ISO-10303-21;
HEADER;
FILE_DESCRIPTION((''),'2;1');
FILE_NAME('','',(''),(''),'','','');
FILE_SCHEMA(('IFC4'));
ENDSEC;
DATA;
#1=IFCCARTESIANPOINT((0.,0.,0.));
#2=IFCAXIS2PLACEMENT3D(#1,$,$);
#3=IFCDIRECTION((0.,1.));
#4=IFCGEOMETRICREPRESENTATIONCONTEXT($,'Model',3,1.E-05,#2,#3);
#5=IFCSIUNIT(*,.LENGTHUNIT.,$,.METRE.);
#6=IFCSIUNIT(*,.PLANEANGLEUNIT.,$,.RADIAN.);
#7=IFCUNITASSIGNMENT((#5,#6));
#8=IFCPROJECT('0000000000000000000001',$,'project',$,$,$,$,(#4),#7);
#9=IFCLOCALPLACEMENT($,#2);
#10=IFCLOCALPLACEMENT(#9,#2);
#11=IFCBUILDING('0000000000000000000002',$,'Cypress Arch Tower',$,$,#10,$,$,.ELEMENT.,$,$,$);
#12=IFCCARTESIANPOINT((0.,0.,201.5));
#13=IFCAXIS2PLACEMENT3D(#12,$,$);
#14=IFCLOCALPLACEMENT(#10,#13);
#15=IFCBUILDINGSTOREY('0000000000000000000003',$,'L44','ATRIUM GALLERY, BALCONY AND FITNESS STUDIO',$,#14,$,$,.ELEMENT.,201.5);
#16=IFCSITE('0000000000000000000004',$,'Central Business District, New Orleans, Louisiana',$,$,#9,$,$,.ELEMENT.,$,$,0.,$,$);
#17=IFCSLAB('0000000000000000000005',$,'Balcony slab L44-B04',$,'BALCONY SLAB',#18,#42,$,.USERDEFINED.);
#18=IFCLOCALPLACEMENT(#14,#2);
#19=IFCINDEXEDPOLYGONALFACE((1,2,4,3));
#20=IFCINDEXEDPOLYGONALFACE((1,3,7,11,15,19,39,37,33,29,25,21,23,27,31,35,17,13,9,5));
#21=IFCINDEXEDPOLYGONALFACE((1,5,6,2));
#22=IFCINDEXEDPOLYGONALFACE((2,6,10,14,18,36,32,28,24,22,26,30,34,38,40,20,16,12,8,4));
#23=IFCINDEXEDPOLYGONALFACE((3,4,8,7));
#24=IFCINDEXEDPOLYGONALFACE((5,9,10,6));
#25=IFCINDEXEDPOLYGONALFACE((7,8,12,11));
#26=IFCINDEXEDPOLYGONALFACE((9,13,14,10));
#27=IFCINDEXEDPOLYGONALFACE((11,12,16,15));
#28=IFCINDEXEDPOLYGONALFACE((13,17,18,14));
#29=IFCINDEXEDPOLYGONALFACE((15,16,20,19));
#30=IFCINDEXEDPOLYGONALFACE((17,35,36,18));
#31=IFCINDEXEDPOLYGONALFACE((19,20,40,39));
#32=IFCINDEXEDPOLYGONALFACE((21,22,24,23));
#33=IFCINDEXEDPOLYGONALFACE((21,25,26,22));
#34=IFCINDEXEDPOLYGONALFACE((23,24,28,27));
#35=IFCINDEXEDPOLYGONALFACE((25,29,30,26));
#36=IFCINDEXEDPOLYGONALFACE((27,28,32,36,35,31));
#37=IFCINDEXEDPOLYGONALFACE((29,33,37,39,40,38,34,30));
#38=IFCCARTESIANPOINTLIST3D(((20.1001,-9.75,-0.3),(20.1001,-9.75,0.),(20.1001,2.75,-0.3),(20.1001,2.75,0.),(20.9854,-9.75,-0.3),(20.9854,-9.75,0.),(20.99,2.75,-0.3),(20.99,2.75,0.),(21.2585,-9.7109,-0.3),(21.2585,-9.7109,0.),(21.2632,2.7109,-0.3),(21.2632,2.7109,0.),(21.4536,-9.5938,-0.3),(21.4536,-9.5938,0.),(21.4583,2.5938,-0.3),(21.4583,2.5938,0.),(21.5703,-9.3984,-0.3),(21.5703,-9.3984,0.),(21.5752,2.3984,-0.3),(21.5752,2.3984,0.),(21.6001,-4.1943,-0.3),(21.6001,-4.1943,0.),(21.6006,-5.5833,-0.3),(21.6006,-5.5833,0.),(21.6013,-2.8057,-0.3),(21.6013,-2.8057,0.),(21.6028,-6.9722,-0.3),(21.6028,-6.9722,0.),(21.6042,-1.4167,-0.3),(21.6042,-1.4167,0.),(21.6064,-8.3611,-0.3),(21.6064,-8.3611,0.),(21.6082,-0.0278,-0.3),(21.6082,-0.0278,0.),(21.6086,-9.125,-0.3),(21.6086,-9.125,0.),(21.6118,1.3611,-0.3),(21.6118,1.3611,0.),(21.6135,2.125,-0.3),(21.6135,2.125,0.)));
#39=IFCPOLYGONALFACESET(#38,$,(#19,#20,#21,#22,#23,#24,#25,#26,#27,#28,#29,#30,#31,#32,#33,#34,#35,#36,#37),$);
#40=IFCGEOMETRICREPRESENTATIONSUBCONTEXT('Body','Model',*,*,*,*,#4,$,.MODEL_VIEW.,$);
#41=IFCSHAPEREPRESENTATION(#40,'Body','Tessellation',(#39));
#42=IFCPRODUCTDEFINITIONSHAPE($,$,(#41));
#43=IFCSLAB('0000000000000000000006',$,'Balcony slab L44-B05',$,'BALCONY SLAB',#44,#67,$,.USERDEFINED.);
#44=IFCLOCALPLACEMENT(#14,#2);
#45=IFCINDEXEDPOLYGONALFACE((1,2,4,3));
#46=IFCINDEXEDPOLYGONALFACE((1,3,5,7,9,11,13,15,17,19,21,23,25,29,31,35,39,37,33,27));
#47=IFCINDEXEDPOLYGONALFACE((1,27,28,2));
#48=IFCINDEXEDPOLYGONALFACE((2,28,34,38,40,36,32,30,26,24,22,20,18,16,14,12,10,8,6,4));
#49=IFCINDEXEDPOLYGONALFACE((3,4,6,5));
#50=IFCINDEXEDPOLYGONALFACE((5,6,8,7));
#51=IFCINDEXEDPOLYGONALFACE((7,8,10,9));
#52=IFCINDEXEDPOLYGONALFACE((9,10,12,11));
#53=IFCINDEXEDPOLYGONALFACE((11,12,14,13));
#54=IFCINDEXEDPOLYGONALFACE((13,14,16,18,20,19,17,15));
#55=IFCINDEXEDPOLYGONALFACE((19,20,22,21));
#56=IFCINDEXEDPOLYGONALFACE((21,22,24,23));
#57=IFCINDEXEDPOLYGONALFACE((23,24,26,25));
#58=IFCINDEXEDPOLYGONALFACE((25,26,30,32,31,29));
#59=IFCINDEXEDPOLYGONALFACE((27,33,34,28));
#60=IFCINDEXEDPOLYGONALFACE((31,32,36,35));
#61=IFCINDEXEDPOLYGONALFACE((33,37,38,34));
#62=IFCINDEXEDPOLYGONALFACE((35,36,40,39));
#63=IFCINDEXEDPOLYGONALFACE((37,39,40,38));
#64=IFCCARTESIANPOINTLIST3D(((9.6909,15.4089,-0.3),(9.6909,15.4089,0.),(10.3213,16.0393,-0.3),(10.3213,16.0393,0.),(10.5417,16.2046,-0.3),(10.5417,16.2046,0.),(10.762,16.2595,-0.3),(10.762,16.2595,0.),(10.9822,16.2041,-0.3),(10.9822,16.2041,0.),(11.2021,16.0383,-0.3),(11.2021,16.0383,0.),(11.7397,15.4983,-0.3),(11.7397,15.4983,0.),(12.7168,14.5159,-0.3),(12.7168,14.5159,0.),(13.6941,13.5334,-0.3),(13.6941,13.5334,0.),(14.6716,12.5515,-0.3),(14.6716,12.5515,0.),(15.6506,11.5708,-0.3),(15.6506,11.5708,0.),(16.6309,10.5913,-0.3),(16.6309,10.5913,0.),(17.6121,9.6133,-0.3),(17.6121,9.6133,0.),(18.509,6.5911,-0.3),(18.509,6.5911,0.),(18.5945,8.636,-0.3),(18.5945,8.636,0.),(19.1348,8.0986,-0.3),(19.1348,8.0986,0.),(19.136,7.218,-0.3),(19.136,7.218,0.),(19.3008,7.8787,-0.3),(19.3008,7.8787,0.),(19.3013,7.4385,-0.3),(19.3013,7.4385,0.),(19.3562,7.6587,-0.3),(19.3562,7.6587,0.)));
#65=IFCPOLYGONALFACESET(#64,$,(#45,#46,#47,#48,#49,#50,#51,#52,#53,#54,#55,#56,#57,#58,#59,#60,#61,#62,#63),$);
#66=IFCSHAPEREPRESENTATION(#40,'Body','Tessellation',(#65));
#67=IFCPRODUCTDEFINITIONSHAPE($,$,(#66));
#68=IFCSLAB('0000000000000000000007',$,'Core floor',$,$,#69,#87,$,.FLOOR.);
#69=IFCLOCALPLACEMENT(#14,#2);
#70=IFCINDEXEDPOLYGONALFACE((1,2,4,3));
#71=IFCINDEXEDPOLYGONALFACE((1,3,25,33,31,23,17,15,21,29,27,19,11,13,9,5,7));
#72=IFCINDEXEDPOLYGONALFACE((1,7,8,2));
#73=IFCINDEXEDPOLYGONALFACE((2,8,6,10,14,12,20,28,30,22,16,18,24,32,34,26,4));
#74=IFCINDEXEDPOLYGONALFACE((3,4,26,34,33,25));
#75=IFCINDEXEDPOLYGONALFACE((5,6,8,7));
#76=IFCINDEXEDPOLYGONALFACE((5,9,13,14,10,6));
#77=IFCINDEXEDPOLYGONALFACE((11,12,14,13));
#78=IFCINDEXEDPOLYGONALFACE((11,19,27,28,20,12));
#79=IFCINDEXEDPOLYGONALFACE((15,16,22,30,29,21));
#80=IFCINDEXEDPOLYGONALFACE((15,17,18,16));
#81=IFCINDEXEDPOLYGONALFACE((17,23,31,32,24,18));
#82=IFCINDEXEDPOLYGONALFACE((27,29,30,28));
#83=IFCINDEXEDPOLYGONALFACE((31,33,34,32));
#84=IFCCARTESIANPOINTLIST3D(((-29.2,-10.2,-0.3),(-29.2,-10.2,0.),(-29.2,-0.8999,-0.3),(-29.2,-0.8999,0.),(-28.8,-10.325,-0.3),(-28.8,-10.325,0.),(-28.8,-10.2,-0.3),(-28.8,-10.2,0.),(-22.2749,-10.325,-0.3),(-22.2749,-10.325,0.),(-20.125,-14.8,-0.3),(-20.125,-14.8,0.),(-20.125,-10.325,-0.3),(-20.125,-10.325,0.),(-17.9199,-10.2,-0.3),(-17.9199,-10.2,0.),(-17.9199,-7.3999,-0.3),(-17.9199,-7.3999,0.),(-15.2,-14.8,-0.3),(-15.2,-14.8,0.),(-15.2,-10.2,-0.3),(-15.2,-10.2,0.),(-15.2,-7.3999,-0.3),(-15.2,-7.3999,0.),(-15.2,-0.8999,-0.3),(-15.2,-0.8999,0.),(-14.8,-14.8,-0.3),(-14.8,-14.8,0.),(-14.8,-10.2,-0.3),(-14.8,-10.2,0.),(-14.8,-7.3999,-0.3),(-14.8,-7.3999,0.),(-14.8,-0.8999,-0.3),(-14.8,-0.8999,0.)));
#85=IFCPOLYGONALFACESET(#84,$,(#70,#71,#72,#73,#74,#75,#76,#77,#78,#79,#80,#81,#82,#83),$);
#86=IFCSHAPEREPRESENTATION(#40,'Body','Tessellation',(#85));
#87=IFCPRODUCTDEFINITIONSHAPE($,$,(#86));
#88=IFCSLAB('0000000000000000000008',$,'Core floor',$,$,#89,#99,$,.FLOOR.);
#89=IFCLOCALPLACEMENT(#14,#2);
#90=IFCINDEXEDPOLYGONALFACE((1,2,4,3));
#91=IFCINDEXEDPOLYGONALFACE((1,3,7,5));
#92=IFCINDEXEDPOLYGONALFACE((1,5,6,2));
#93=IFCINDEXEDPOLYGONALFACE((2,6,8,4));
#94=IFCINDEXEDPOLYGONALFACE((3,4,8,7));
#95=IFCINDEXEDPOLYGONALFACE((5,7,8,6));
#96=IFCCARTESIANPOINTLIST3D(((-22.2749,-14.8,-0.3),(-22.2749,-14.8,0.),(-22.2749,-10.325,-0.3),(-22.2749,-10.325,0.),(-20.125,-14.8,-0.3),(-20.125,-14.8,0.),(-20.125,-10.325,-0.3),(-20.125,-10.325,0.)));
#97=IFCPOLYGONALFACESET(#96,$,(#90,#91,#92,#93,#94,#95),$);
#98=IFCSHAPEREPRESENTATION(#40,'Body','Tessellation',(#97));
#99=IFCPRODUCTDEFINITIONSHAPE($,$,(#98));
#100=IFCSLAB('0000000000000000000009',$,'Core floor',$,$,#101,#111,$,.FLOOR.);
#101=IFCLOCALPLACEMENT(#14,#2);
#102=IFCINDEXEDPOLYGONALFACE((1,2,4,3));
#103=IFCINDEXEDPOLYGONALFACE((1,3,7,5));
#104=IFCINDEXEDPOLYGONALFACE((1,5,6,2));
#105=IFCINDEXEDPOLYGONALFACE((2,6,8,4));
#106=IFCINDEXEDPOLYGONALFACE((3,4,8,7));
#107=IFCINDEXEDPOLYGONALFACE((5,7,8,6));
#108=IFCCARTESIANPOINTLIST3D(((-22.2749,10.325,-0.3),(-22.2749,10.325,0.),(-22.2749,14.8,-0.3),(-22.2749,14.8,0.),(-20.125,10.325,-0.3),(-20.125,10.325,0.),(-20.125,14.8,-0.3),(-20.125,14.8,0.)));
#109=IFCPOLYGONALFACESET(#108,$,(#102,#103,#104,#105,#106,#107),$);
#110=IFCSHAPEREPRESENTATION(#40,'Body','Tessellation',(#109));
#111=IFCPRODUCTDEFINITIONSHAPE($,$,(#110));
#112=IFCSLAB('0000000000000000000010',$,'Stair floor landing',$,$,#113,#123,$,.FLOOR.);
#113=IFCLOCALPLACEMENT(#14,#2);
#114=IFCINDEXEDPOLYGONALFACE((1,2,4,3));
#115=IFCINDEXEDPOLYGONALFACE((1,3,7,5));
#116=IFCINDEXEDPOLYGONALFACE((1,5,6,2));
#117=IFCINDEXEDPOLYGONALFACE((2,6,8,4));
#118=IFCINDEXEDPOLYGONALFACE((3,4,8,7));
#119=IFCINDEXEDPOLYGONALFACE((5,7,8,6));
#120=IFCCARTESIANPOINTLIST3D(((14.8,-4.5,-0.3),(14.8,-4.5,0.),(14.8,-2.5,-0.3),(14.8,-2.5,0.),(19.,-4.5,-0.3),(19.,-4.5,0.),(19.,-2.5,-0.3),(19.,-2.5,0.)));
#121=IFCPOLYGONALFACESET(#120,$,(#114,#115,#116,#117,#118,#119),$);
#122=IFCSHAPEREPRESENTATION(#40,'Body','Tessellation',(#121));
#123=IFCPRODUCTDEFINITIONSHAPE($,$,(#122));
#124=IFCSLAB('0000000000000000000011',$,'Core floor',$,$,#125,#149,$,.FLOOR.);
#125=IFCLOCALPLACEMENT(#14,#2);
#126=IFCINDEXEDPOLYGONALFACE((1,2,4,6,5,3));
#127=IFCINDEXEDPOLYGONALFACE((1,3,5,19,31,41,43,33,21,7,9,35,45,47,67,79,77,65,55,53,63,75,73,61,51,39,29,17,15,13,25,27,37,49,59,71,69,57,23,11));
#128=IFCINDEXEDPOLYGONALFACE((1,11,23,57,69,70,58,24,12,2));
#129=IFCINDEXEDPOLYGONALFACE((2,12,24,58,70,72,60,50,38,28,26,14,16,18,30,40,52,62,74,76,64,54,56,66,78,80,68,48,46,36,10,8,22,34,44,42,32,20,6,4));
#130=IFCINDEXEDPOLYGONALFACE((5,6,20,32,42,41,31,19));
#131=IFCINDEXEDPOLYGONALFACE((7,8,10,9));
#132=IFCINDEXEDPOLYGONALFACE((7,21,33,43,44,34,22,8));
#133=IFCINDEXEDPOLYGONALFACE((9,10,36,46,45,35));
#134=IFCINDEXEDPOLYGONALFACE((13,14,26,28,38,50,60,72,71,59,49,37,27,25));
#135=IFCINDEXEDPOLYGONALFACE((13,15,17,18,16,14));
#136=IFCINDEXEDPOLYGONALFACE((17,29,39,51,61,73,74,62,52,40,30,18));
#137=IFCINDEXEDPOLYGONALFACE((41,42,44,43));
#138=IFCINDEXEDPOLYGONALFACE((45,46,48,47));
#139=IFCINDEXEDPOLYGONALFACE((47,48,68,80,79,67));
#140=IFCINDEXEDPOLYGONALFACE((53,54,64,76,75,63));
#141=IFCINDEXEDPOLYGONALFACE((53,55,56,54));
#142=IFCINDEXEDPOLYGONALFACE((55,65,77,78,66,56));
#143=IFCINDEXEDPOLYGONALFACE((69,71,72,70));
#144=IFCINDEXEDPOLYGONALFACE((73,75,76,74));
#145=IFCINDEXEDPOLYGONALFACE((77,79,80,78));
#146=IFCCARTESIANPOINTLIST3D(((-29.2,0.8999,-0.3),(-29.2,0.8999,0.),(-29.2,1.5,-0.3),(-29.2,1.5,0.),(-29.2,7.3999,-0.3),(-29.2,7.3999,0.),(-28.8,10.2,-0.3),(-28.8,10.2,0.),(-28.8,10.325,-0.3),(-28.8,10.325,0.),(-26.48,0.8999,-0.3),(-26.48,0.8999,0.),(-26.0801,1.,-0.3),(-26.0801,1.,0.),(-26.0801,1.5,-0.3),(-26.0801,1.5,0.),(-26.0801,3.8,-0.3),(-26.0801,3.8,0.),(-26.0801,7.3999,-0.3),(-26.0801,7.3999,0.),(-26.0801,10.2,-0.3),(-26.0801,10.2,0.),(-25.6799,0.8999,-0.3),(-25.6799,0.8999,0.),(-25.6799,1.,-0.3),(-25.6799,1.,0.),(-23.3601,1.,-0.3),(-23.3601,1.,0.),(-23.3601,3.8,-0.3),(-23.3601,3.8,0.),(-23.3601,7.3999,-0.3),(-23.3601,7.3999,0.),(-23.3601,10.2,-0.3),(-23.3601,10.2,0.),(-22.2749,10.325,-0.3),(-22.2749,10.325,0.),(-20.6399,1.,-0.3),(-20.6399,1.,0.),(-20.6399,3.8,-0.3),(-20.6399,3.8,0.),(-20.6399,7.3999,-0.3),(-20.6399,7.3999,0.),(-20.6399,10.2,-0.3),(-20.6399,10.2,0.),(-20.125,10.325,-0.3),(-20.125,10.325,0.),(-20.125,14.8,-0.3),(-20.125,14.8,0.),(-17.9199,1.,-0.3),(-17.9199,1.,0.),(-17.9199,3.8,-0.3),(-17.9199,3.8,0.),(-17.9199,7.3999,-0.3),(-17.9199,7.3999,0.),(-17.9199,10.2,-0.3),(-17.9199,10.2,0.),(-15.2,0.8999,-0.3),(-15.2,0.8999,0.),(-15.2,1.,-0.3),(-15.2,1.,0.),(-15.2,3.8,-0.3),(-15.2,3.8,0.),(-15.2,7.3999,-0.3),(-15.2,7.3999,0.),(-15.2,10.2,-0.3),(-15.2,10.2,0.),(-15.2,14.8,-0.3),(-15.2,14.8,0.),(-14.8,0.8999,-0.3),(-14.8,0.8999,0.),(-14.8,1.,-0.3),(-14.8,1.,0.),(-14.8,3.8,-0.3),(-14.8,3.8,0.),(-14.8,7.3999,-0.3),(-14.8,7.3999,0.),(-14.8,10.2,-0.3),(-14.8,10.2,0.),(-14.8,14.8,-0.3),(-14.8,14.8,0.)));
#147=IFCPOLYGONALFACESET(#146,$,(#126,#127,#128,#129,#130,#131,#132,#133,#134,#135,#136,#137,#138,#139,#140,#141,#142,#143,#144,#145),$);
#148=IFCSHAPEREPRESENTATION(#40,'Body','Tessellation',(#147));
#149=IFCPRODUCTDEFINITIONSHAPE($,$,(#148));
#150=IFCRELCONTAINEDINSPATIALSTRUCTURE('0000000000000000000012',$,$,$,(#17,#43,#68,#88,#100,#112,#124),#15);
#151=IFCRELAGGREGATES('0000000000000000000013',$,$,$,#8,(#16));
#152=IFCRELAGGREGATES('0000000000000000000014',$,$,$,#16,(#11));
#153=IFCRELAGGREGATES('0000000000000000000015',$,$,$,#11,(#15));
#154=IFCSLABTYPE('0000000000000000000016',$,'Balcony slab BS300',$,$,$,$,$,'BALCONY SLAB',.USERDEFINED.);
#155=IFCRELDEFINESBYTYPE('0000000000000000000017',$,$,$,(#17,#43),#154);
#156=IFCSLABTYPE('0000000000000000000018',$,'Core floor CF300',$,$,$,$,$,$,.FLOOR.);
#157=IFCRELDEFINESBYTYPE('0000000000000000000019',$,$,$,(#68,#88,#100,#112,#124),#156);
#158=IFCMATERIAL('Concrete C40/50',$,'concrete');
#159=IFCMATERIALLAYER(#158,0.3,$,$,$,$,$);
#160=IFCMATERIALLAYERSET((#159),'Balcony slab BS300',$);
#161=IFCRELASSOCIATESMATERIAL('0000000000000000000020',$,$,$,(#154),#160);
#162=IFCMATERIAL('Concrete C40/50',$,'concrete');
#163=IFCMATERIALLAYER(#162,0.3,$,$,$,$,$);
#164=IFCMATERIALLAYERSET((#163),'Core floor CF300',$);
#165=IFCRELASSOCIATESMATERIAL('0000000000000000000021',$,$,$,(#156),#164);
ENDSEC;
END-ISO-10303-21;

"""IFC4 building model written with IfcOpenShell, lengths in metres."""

from ifc_helpers import new_model, si_unit, direction, frame, origin, place, context, subcontext, project, spatial, polyline, outline, extrude, material, layer, layer_set, type_object, element, save


model = new_model("IFC4")

# Units and contexts
model_context = context("Model", 3, precision=1e-05, world=origin(), true_north=direction((0.0, 1.0)))
body_context = subcontext(model_context, "Body", "Model", "MODEL_VIEW")
ifc_project = project(units=[si_unit("LENGTHUNIT", "METRE"), si_unit("PLANEANGLEUNIT", "RADIAN")], contexts=[model_context])

# Site, building, storey
site_placement = place(None, origin())
site = spatial("IfcSite", under=ifc_project, at=site_placement, Name="Central Business District, New Orleans, Louisiana", CompositionType="ELEMENT", RefElevation=0.0)
building_placement = place(site_placement, origin())
building = spatial("IfcBuilding", under=site, at=building_placement, Name="Cypress Arch Tower", CompositionType="ELEMENT")
storey_placement = place(building_placement, frame((0.0, 0.0, 201.5)))
storey = spatial("IfcBuildingStorey", under=building, at=storey_placement, Name="L44", Description="ATRIUM GALLERY, BALCONY AND FITNESS STUDIO", CompositionType="ELEMENT", Elevation=201.5)

# Slabs
ifc_material_1 = material(Name="Concrete C40/50", Category="concrete")
ifc_layer_1 = layer(ifc_material_1, 0.3)
ifc_layer_set_1 = layer_set([ifc_layer_1], Name="Balcony slab BS300")
slab_type_1 = type_object("IfcSlabType", Name="Balcony slab BS300", ElementType="BALCONY SLAB", PredefinedType="USERDEFINED", material=ifc_layer_set_1)
slab_1_placement = place(storey_placement, frame((0.0, 0.0, -0.3)))
element("IfcSlab", 1, at=slab_1_placement, inside=storey, type_object=slab_type_1, Name="Balcony slab L44-B04", ObjectType="BALCONY SLAB", PredefinedType="USERDEFINED", context=body_context, shape_type="SweptSolid", body=[
    extrude(outline(polyline([(20.1001, -9.75), (20.9854, -9.75), (21.2585, -9.7109), (21.4536, -9.5938), (21.5703, -9.3984), (21.6086, -9.125), (21.6064, -8.3611), (21.6028, -6.9722), (21.6006, -5.5833), (21.6001, -4.1943), (21.6013, -2.8057), (21.6042, -1.4167), (21.6082, -0.0278), (21.6118, 1.3611), (21.6135, 2.125), (21.5752, 2.3984), (21.4583, 2.5938), (21.2632, 2.7109), (20.99, 2.75), (20.1001, 2.75), (20.1001, -9.75)])), origin(), (0.0, 0.0, 1.0), 0.3),
])
slab_2_placement = place(storey_placement, frame((0.0, 0.0, -0.3)))
element("IfcSlab", 2, at=slab_2_placement, inside=storey, type_object=slab_type_1, Name="Balcony slab L44-B05", ObjectType="BALCONY SLAB", PredefinedType="USERDEFINED", context=body_context, shape_type="SweptSolid", body=[
    extrude(outline(polyline([(18.509, 6.5911), (19.136, 7.218), (19.3013, 7.4385), (19.3562, 7.6587), (19.3008, 7.8787), (19.1348, 8.0986), (18.5945, 8.636), (17.6121, 9.6133), (16.6309, 10.5913), (15.6506, 11.5708), (14.6716, 12.5515), (13.6941, 13.5334), (12.7168, 14.5159), (11.7397, 15.4983), (11.2021, 16.0383), (10.9822, 16.2041), (10.762, 16.2595), (10.5417, 16.2046), (10.3213, 16.0393), (9.6909, 15.4089), (18.509, 6.5911)])), origin(), (0.0, 0.0, 1.0), 0.3),
])
ifc_material_2 = material(Name="Concrete C40/50", Category="concrete")
ifc_layer_2 = layer(ifc_material_2, 0.3)
ifc_layer_set_2 = layer_set([ifc_layer_2], Name="Core floor CF300")
slab_type_2 = type_object("IfcSlabType", Name="Core floor CF300", PredefinedType="FLOOR", material=ifc_layer_set_2)
slab_3_placement = place(storey_placement, frame((0.0, 0.0, -0.3)))
element("IfcSlab", 3, at=slab_3_placement, inside=storey, type_object=slab_type_2, Name="Core floor", PredefinedType="FLOOR", context=body_context, shape_type="SweptSolid", body=[
    extrude(outline(polyline([(-28.8, -10.2), (-29.2, -10.2), (-29.2, -0.8999), (-15.2, -0.8999), (-14.8, -0.8999), (-14.8, -7.3999), (-15.2, -7.3999), (-17.9199, -7.3999), (-17.9199, -10.2), (-15.2, -10.2), (-14.8, -10.2), (-14.8, -14.8), (-15.2, -14.8), (-20.125, -14.8), (-20.125, -10.325), (-22.2749, -10.325), (-28.8, -10.325), (-28.8, -10.2)])), origin(), (0.0, 0.0, 1.0), 0.3),
])
slab_4_placement = place(storey_placement, frame((0.0, 0.0, -0.3)))
element("IfcSlab", 4, at=slab_4_placement, inside=storey, type_object=slab_type_2, Name="Core floor", PredefinedType="FLOOR", context=body_context, shape_type="SweptSolid", body=[
    extrude(outline(polyline([(-22.2749, -10.325), (-22.2749, -14.8), (-20.125, -14.8), (-20.125, -10.325), (-22.2749, -10.325)])), origin(), (0.0, 0.0, 1.0), 0.3),
])
slab_5_placement = place(storey_placement, frame((0.0, 0.0, -0.3)))
element("IfcSlab", 5, at=slab_5_placement, inside=storey, type_object=slab_type_2, Name="Core floor", PredefinedType="FLOOR", context=body_context, shape_type="SweptSolid", body=[
    extrude(outline(polyline([(-20.125, 14.8), (-22.2749, 14.8), (-22.2749, 10.325), (-20.125, 10.325), (-20.125, 14.8)])), origin(), (0.0, 0.0, 1.0), 0.3),
])
slab_6_placement = place(storey_placement, frame((0.0, 0.0, -0.3)))
element("IfcSlab", 6, at=slab_6_placement, inside=storey, type_object=slab_type_2, Name="Stair floor landing", PredefinedType="FLOOR", context=body_context, shape_type="SweptSolid", body=[
    extrude(outline(polyline([(19.0, -4.5), (19.0, -2.5), (14.8, -2.5), (14.8, -4.5), (19.0, -4.5)])), origin(), (0.0, 0.0, 1.0), 0.3),
])
slab_7_placement = place(storey_placement, frame((0.0, 0.0, -0.3)))
element("IfcSlab", 7, at=slab_7_placement, inside=storey, type_object=slab_type_2, Name="Core floor", PredefinedType="FLOOR", context=body_context, shape_type="SweptSolid", body=[
    extrude(outline(polyline([(-20.6399, 7.3999), (-20.6399, 10.2), (-23.3601, 10.2), (-26.0801, 10.2), (-28.8, 10.2), (-28.8, 10.325), (-22.2749, 10.325), (-20.125, 10.325), (-20.125, 14.8), (-15.2, 14.8), (-14.8, 14.8), (-14.8, 10.2), (-15.2, 10.2), (-17.9199, 10.2), (-17.9199, 7.3999), (-15.2, 7.3999), (-14.8, 7.3999), (-14.8, 3.8), (-15.2, 3.8), (-17.9199, 3.8), (-20.6399, 3.8), (-23.3601, 3.8), (-26.0801, 3.8), (-26.0801, 1.5), (-26.0801, 1.5), (-26.0801, 1.0), (-25.6799, 1.0), (-23.3601, 1.0), (-20.6399, 1.0), (-17.9199, 1.0), (-15.2, 1.0), (-14.8, 1.0), (-14.8, 0.8999), (-15.2, 0.8999), (-25.6799, 0.8999), (-26.48, 0.8999), (-29.2, 0.8999), (-29.2, 1.5), (-29.2, 7.3999), (-26.0801, 7.3999), (-23.3601, 7.3999), (-20.6399, 7.3999)])), origin(), (0.0, 0.0, 1.0), 0.3),
])

save(model, "model.ifc")
